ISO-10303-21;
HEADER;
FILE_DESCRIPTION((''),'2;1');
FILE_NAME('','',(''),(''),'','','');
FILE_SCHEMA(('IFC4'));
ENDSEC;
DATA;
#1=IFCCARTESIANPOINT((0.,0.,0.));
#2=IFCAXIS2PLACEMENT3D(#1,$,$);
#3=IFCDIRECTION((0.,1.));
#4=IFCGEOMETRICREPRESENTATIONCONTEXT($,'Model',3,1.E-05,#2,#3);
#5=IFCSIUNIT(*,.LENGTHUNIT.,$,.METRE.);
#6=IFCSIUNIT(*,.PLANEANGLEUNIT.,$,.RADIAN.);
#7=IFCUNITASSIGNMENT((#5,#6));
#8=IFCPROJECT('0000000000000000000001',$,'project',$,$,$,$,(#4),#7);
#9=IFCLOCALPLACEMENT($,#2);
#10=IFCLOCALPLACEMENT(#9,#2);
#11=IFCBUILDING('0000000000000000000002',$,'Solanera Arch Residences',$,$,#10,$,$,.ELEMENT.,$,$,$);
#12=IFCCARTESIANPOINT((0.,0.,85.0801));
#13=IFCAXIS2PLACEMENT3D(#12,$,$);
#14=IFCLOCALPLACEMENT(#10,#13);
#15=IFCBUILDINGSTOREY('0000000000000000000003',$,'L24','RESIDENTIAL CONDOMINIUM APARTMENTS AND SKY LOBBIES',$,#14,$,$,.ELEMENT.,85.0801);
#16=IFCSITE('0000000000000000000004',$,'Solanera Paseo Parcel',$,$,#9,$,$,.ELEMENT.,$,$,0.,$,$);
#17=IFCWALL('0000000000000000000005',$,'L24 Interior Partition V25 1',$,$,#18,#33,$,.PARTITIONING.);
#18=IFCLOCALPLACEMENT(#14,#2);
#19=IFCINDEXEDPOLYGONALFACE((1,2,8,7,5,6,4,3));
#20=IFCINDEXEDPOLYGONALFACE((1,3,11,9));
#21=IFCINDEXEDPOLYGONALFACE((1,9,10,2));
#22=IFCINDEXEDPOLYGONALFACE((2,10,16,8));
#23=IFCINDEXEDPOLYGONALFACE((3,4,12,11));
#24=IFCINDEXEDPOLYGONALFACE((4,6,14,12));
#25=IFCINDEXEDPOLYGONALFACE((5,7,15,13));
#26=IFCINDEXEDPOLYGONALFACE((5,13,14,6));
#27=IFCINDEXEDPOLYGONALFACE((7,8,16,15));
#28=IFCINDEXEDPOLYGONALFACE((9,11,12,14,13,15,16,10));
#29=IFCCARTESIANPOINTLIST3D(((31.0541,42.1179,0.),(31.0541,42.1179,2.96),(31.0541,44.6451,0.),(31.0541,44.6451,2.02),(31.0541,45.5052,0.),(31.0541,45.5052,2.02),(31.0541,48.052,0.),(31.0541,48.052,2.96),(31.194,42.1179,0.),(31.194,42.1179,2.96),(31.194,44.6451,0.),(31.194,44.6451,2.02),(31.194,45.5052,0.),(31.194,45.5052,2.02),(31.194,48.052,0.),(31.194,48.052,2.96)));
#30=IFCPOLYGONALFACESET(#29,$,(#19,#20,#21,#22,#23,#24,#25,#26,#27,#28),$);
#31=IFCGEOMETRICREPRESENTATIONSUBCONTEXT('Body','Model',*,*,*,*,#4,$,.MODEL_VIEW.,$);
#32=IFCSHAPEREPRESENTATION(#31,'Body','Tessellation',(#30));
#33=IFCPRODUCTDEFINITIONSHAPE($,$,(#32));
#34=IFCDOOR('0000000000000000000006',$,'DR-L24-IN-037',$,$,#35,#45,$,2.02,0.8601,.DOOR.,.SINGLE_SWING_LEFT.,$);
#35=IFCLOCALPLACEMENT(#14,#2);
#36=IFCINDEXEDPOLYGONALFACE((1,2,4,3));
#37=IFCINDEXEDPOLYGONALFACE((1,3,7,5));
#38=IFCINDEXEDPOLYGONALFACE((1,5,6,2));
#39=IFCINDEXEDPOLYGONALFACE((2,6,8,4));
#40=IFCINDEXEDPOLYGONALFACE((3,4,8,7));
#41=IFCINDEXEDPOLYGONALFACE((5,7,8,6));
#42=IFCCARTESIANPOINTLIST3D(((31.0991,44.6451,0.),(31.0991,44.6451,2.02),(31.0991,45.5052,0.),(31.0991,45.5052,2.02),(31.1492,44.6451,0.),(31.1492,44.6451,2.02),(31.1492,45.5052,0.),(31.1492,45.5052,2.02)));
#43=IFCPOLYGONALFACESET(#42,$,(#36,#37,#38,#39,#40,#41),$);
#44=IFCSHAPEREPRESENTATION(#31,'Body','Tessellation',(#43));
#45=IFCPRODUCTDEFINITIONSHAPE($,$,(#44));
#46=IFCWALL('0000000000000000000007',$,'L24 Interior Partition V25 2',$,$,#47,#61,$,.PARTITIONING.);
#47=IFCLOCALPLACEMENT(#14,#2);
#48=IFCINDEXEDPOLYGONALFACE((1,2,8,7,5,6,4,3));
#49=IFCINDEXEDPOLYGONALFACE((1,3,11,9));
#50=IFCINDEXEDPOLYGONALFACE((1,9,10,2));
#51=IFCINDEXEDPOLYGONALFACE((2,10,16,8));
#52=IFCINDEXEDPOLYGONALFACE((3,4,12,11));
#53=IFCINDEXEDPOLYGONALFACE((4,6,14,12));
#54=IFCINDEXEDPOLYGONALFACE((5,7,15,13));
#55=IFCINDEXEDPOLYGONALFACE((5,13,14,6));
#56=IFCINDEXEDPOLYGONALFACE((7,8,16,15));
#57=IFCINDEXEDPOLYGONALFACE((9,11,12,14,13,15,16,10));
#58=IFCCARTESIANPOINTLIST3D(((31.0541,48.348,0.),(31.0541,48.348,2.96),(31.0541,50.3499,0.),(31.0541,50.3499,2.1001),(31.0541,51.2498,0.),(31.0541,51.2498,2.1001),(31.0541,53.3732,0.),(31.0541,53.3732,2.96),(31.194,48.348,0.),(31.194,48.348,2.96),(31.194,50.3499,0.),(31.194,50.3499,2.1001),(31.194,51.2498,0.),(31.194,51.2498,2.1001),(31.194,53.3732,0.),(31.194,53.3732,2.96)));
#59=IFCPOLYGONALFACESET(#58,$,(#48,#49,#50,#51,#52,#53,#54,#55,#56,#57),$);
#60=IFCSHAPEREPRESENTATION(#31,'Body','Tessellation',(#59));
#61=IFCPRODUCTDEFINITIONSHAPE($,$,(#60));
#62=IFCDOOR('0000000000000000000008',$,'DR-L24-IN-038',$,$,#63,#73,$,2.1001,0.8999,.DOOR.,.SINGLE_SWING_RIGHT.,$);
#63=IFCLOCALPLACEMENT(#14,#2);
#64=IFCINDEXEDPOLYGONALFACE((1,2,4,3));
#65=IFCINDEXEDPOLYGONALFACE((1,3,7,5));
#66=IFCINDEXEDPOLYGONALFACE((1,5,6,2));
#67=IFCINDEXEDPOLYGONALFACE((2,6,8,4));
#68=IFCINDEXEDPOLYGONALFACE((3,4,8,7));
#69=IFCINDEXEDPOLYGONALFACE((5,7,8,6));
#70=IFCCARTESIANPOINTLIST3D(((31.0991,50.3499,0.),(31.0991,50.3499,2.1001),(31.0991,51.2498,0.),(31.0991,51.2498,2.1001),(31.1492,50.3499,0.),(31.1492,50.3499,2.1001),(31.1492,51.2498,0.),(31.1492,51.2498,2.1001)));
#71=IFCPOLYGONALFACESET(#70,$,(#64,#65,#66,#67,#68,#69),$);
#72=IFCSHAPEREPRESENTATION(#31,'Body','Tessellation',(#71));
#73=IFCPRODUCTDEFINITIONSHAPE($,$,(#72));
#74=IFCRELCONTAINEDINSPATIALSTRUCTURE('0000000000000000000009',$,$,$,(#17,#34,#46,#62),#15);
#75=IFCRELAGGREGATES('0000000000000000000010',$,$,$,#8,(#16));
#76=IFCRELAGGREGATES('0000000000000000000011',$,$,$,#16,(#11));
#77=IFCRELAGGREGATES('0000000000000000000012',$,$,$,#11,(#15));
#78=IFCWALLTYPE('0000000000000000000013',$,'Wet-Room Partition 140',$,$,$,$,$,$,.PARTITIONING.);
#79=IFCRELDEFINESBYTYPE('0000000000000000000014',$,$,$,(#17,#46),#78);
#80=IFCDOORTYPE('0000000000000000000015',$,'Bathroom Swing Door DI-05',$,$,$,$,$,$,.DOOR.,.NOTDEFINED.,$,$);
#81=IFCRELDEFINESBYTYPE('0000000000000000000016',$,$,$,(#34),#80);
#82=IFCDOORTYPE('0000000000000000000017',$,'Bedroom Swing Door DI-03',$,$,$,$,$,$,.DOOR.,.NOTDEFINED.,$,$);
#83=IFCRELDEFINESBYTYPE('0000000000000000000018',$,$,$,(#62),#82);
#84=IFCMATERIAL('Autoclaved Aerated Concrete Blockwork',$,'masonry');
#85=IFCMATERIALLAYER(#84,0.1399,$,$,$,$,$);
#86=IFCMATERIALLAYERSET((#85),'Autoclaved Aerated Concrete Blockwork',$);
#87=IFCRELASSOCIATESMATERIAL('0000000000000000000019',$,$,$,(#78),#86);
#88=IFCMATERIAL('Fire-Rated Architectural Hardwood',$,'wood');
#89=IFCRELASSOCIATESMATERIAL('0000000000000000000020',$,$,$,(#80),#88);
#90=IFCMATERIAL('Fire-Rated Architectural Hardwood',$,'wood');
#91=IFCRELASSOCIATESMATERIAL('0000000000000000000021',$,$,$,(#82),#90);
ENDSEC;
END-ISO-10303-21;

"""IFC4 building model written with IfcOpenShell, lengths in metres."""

from ifc_helpers import new_model, si_unit, direction, frame, frame_2d, origin, place, context, subcontext, project, spatial, rectangle, extrude, material, layer, layer_set, type_object, element, fill, save


model = new_model("IFC4")

# Units and contexts
model_context = context("Model", 3, precision=1e-05, world=origin(), true_north=direction((0.0, 1.0)))
body_context = subcontext(model_context, "Body", "Model", "MODEL_VIEW")
ifc_project = project(units=[si_unit("LENGTHUNIT", "METRE"), si_unit("PLANEANGLEUNIT", "RADIAN")], contexts=[model_context])

# Site, building, storey
site_placement = place(None, origin())
site = spatial("IfcSite", under=ifc_project, at=site_placement, Name="Solanera Paseo Parcel", CompositionType="ELEMENT", RefElevation=0.0)
building_placement = place(site_placement, origin())
building = spatial("IfcBuilding", under=site, at=building_placement, Name="Solanera Arch Residences", CompositionType="ELEMENT")
storey_placement = place(building_placement, frame((0.0, 0.0, 85.0801)))
storey = spatial("IfcBuildingStorey", under=building, at=storey_placement, Name="L24", Description="RESIDENTIAL CONDOMINIUM APARTMENTS AND SKY LOBBIES", CompositionType="ELEMENT", Elevation=85.0801)

# Shared definitions
ifc_material_1 = material(Name="Autoclaved Aerated Concrete Blockwork", Category="masonry")
ifc_layer_1 = layer(ifc_material_1, 0.1399)
ifc_layer_set_1 = layer_set([ifc_layer_1], Name="Autoclaved Aerated Concrete Blockwork")
wall_type_1 = type_object("IfcWallType", Name="Wet-Room Partition 140", PredefinedType="PARTITIONING", material=ifc_layer_set_1)

# Walls, openings, doors
wall_1_placement = place(storey_placement, frame((31.124, 42.1179, 0.0), z_axis=(0.0, 0.0, 1.0), x_axis=(0.0, 1.0, 0.0)))
wall_1 = element("IfcWall", 1, at=wall_1_placement, inside=storey, type_object=wall_type_1, Name="L24 Interior Partition V25 1", PredefinedType="PARTITIONING", context=body_context, shape_type="SweptSolid", body=[
    extrude(rectangle(XDim=5.9341, YDim=0.1399, at=frame_2d((2.967, 0.0))), origin(), (0.0, 0.0, 1.0), 2.96),
])
opening_1_placement = place(wall_1_placement, frame((2.5271, 0.0, 0.0)))
opening_1 = element("IfcOpeningElement", 2, at=opening_1_placement, cuts=wall_1, PredefinedType="OPENING", context=body_context, shape_type="SweptSolid", body=[
    extrude(rectangle(XDim=0.8601, YDim=2.02, at=frame_2d((0.4302, 1.01))), frame((0.0, 0.0798, 0.0), z_axis=(0.0, -1.0, 0.0), x_axis=(1.0, 0.0, 0.0)), (0.0, 0.0, 1.0), 0.1599),
])
ifc_material_2 = material(Name="Fire-Rated Architectural Hardwood", Category="wood")
door_type_1 = type_object("IfcDoorType", Name="Bathroom Swing Door DI-05", OperationType="NOTDEFINED", PredefinedType="DOOR", material=ifc_material_2)
door_1_placement = place(opening_1_placement, origin())
door_1 = element("IfcDoor", 3, at=door_1_placement, inside=storey, type_object=door_type_1, Name="DR-L24-IN-037", OperationType="SINGLE_SWING_LEFT", OverallHeight=2.02, OverallWidth=0.8601, PredefinedType="DOOR", context=body_context, shape_type="SweptSolid", body=[
    extrude(rectangle(XDim=0.8601, YDim=2.02, at=frame_2d((0.4302, 1.01))), frame((0.0, 0.0249, 0.0), z_axis=(0.0, -1.0, 0.0), x_axis=(1.0, 0.0, 0.0)), (0.0, 0.0, 1.0), 0.05),
])
fill(opening_1, door_1)
wall_2_placement = place(storey_placement, frame((31.124, 48.3479, 0.0), z_axis=(0.0, 0.0, 1.0), x_axis=(0.0, 1.0, 0.0)))
wall_2 = element("IfcWall", 4, at=wall_2_placement, inside=storey, type_object=wall_type_1, Name="L24 Interior Partition V25 2", PredefinedType="PARTITIONING", context=body_context, shape_type="SweptSolid", body=[
    extrude(rectangle(XDim=5.0251, YDim=0.1399, at=frame_2d((2.5127, 0.0))), origin(), (0.0, 0.0, 1.0), 2.96),
])
opening_2_placement = place(wall_2_placement, frame((2.002, 0.0, 0.0)))
opening_2 = element("IfcOpeningElement", 5, at=opening_2_placement, cuts=wall_2, PredefinedType="OPENING", context=body_context, shape_type="SweptSolid", body=[
    extrude(rectangle(XDim=0.8999, YDim=2.1001, at=frame_2d((0.45, 1.05))), frame((0.0, 0.0798, 0.0), z_axis=(0.0, -1.0, 0.0), x_axis=(1.0, 0.0, 0.0)), (0.0, 0.0, 1.0), 0.1599),
])
ifc_material_3 = material(Name="Fire-Rated Architectural Hardwood", Category="wood")
door_type_2 = type_object("IfcDoorType", Name="Bedroom Swing Door DI-03", OperationType="NOTDEFINED", PredefinedType="DOOR", material=ifc_material_3)
door_2_placement = place(opening_2_placement, origin())
door_2 = element("IfcDoor", 6, at=door_2_placement, inside=storey, type_object=door_type_2, Name="DR-L24-IN-038", OperationType="SINGLE_SWING_RIGHT", OverallHeight=2.1001, OverallWidth=0.8999, PredefinedType="DOOR", context=body_context, shape_type="SweptSolid", body=[
    extrude(rectangle(XDim=0.8999, YDim=2.1001, at=frame_2d((0.45, 1.05))), frame((0.0, 0.0249, 0.0), z_axis=(0.0, -1.0, 0.0), x_axis=(1.0, 0.0, 0.0)), (0.0, 0.0, 1.0), 0.05),
])
fill(opening_2, door_2)

save(model, "model.ifc")
